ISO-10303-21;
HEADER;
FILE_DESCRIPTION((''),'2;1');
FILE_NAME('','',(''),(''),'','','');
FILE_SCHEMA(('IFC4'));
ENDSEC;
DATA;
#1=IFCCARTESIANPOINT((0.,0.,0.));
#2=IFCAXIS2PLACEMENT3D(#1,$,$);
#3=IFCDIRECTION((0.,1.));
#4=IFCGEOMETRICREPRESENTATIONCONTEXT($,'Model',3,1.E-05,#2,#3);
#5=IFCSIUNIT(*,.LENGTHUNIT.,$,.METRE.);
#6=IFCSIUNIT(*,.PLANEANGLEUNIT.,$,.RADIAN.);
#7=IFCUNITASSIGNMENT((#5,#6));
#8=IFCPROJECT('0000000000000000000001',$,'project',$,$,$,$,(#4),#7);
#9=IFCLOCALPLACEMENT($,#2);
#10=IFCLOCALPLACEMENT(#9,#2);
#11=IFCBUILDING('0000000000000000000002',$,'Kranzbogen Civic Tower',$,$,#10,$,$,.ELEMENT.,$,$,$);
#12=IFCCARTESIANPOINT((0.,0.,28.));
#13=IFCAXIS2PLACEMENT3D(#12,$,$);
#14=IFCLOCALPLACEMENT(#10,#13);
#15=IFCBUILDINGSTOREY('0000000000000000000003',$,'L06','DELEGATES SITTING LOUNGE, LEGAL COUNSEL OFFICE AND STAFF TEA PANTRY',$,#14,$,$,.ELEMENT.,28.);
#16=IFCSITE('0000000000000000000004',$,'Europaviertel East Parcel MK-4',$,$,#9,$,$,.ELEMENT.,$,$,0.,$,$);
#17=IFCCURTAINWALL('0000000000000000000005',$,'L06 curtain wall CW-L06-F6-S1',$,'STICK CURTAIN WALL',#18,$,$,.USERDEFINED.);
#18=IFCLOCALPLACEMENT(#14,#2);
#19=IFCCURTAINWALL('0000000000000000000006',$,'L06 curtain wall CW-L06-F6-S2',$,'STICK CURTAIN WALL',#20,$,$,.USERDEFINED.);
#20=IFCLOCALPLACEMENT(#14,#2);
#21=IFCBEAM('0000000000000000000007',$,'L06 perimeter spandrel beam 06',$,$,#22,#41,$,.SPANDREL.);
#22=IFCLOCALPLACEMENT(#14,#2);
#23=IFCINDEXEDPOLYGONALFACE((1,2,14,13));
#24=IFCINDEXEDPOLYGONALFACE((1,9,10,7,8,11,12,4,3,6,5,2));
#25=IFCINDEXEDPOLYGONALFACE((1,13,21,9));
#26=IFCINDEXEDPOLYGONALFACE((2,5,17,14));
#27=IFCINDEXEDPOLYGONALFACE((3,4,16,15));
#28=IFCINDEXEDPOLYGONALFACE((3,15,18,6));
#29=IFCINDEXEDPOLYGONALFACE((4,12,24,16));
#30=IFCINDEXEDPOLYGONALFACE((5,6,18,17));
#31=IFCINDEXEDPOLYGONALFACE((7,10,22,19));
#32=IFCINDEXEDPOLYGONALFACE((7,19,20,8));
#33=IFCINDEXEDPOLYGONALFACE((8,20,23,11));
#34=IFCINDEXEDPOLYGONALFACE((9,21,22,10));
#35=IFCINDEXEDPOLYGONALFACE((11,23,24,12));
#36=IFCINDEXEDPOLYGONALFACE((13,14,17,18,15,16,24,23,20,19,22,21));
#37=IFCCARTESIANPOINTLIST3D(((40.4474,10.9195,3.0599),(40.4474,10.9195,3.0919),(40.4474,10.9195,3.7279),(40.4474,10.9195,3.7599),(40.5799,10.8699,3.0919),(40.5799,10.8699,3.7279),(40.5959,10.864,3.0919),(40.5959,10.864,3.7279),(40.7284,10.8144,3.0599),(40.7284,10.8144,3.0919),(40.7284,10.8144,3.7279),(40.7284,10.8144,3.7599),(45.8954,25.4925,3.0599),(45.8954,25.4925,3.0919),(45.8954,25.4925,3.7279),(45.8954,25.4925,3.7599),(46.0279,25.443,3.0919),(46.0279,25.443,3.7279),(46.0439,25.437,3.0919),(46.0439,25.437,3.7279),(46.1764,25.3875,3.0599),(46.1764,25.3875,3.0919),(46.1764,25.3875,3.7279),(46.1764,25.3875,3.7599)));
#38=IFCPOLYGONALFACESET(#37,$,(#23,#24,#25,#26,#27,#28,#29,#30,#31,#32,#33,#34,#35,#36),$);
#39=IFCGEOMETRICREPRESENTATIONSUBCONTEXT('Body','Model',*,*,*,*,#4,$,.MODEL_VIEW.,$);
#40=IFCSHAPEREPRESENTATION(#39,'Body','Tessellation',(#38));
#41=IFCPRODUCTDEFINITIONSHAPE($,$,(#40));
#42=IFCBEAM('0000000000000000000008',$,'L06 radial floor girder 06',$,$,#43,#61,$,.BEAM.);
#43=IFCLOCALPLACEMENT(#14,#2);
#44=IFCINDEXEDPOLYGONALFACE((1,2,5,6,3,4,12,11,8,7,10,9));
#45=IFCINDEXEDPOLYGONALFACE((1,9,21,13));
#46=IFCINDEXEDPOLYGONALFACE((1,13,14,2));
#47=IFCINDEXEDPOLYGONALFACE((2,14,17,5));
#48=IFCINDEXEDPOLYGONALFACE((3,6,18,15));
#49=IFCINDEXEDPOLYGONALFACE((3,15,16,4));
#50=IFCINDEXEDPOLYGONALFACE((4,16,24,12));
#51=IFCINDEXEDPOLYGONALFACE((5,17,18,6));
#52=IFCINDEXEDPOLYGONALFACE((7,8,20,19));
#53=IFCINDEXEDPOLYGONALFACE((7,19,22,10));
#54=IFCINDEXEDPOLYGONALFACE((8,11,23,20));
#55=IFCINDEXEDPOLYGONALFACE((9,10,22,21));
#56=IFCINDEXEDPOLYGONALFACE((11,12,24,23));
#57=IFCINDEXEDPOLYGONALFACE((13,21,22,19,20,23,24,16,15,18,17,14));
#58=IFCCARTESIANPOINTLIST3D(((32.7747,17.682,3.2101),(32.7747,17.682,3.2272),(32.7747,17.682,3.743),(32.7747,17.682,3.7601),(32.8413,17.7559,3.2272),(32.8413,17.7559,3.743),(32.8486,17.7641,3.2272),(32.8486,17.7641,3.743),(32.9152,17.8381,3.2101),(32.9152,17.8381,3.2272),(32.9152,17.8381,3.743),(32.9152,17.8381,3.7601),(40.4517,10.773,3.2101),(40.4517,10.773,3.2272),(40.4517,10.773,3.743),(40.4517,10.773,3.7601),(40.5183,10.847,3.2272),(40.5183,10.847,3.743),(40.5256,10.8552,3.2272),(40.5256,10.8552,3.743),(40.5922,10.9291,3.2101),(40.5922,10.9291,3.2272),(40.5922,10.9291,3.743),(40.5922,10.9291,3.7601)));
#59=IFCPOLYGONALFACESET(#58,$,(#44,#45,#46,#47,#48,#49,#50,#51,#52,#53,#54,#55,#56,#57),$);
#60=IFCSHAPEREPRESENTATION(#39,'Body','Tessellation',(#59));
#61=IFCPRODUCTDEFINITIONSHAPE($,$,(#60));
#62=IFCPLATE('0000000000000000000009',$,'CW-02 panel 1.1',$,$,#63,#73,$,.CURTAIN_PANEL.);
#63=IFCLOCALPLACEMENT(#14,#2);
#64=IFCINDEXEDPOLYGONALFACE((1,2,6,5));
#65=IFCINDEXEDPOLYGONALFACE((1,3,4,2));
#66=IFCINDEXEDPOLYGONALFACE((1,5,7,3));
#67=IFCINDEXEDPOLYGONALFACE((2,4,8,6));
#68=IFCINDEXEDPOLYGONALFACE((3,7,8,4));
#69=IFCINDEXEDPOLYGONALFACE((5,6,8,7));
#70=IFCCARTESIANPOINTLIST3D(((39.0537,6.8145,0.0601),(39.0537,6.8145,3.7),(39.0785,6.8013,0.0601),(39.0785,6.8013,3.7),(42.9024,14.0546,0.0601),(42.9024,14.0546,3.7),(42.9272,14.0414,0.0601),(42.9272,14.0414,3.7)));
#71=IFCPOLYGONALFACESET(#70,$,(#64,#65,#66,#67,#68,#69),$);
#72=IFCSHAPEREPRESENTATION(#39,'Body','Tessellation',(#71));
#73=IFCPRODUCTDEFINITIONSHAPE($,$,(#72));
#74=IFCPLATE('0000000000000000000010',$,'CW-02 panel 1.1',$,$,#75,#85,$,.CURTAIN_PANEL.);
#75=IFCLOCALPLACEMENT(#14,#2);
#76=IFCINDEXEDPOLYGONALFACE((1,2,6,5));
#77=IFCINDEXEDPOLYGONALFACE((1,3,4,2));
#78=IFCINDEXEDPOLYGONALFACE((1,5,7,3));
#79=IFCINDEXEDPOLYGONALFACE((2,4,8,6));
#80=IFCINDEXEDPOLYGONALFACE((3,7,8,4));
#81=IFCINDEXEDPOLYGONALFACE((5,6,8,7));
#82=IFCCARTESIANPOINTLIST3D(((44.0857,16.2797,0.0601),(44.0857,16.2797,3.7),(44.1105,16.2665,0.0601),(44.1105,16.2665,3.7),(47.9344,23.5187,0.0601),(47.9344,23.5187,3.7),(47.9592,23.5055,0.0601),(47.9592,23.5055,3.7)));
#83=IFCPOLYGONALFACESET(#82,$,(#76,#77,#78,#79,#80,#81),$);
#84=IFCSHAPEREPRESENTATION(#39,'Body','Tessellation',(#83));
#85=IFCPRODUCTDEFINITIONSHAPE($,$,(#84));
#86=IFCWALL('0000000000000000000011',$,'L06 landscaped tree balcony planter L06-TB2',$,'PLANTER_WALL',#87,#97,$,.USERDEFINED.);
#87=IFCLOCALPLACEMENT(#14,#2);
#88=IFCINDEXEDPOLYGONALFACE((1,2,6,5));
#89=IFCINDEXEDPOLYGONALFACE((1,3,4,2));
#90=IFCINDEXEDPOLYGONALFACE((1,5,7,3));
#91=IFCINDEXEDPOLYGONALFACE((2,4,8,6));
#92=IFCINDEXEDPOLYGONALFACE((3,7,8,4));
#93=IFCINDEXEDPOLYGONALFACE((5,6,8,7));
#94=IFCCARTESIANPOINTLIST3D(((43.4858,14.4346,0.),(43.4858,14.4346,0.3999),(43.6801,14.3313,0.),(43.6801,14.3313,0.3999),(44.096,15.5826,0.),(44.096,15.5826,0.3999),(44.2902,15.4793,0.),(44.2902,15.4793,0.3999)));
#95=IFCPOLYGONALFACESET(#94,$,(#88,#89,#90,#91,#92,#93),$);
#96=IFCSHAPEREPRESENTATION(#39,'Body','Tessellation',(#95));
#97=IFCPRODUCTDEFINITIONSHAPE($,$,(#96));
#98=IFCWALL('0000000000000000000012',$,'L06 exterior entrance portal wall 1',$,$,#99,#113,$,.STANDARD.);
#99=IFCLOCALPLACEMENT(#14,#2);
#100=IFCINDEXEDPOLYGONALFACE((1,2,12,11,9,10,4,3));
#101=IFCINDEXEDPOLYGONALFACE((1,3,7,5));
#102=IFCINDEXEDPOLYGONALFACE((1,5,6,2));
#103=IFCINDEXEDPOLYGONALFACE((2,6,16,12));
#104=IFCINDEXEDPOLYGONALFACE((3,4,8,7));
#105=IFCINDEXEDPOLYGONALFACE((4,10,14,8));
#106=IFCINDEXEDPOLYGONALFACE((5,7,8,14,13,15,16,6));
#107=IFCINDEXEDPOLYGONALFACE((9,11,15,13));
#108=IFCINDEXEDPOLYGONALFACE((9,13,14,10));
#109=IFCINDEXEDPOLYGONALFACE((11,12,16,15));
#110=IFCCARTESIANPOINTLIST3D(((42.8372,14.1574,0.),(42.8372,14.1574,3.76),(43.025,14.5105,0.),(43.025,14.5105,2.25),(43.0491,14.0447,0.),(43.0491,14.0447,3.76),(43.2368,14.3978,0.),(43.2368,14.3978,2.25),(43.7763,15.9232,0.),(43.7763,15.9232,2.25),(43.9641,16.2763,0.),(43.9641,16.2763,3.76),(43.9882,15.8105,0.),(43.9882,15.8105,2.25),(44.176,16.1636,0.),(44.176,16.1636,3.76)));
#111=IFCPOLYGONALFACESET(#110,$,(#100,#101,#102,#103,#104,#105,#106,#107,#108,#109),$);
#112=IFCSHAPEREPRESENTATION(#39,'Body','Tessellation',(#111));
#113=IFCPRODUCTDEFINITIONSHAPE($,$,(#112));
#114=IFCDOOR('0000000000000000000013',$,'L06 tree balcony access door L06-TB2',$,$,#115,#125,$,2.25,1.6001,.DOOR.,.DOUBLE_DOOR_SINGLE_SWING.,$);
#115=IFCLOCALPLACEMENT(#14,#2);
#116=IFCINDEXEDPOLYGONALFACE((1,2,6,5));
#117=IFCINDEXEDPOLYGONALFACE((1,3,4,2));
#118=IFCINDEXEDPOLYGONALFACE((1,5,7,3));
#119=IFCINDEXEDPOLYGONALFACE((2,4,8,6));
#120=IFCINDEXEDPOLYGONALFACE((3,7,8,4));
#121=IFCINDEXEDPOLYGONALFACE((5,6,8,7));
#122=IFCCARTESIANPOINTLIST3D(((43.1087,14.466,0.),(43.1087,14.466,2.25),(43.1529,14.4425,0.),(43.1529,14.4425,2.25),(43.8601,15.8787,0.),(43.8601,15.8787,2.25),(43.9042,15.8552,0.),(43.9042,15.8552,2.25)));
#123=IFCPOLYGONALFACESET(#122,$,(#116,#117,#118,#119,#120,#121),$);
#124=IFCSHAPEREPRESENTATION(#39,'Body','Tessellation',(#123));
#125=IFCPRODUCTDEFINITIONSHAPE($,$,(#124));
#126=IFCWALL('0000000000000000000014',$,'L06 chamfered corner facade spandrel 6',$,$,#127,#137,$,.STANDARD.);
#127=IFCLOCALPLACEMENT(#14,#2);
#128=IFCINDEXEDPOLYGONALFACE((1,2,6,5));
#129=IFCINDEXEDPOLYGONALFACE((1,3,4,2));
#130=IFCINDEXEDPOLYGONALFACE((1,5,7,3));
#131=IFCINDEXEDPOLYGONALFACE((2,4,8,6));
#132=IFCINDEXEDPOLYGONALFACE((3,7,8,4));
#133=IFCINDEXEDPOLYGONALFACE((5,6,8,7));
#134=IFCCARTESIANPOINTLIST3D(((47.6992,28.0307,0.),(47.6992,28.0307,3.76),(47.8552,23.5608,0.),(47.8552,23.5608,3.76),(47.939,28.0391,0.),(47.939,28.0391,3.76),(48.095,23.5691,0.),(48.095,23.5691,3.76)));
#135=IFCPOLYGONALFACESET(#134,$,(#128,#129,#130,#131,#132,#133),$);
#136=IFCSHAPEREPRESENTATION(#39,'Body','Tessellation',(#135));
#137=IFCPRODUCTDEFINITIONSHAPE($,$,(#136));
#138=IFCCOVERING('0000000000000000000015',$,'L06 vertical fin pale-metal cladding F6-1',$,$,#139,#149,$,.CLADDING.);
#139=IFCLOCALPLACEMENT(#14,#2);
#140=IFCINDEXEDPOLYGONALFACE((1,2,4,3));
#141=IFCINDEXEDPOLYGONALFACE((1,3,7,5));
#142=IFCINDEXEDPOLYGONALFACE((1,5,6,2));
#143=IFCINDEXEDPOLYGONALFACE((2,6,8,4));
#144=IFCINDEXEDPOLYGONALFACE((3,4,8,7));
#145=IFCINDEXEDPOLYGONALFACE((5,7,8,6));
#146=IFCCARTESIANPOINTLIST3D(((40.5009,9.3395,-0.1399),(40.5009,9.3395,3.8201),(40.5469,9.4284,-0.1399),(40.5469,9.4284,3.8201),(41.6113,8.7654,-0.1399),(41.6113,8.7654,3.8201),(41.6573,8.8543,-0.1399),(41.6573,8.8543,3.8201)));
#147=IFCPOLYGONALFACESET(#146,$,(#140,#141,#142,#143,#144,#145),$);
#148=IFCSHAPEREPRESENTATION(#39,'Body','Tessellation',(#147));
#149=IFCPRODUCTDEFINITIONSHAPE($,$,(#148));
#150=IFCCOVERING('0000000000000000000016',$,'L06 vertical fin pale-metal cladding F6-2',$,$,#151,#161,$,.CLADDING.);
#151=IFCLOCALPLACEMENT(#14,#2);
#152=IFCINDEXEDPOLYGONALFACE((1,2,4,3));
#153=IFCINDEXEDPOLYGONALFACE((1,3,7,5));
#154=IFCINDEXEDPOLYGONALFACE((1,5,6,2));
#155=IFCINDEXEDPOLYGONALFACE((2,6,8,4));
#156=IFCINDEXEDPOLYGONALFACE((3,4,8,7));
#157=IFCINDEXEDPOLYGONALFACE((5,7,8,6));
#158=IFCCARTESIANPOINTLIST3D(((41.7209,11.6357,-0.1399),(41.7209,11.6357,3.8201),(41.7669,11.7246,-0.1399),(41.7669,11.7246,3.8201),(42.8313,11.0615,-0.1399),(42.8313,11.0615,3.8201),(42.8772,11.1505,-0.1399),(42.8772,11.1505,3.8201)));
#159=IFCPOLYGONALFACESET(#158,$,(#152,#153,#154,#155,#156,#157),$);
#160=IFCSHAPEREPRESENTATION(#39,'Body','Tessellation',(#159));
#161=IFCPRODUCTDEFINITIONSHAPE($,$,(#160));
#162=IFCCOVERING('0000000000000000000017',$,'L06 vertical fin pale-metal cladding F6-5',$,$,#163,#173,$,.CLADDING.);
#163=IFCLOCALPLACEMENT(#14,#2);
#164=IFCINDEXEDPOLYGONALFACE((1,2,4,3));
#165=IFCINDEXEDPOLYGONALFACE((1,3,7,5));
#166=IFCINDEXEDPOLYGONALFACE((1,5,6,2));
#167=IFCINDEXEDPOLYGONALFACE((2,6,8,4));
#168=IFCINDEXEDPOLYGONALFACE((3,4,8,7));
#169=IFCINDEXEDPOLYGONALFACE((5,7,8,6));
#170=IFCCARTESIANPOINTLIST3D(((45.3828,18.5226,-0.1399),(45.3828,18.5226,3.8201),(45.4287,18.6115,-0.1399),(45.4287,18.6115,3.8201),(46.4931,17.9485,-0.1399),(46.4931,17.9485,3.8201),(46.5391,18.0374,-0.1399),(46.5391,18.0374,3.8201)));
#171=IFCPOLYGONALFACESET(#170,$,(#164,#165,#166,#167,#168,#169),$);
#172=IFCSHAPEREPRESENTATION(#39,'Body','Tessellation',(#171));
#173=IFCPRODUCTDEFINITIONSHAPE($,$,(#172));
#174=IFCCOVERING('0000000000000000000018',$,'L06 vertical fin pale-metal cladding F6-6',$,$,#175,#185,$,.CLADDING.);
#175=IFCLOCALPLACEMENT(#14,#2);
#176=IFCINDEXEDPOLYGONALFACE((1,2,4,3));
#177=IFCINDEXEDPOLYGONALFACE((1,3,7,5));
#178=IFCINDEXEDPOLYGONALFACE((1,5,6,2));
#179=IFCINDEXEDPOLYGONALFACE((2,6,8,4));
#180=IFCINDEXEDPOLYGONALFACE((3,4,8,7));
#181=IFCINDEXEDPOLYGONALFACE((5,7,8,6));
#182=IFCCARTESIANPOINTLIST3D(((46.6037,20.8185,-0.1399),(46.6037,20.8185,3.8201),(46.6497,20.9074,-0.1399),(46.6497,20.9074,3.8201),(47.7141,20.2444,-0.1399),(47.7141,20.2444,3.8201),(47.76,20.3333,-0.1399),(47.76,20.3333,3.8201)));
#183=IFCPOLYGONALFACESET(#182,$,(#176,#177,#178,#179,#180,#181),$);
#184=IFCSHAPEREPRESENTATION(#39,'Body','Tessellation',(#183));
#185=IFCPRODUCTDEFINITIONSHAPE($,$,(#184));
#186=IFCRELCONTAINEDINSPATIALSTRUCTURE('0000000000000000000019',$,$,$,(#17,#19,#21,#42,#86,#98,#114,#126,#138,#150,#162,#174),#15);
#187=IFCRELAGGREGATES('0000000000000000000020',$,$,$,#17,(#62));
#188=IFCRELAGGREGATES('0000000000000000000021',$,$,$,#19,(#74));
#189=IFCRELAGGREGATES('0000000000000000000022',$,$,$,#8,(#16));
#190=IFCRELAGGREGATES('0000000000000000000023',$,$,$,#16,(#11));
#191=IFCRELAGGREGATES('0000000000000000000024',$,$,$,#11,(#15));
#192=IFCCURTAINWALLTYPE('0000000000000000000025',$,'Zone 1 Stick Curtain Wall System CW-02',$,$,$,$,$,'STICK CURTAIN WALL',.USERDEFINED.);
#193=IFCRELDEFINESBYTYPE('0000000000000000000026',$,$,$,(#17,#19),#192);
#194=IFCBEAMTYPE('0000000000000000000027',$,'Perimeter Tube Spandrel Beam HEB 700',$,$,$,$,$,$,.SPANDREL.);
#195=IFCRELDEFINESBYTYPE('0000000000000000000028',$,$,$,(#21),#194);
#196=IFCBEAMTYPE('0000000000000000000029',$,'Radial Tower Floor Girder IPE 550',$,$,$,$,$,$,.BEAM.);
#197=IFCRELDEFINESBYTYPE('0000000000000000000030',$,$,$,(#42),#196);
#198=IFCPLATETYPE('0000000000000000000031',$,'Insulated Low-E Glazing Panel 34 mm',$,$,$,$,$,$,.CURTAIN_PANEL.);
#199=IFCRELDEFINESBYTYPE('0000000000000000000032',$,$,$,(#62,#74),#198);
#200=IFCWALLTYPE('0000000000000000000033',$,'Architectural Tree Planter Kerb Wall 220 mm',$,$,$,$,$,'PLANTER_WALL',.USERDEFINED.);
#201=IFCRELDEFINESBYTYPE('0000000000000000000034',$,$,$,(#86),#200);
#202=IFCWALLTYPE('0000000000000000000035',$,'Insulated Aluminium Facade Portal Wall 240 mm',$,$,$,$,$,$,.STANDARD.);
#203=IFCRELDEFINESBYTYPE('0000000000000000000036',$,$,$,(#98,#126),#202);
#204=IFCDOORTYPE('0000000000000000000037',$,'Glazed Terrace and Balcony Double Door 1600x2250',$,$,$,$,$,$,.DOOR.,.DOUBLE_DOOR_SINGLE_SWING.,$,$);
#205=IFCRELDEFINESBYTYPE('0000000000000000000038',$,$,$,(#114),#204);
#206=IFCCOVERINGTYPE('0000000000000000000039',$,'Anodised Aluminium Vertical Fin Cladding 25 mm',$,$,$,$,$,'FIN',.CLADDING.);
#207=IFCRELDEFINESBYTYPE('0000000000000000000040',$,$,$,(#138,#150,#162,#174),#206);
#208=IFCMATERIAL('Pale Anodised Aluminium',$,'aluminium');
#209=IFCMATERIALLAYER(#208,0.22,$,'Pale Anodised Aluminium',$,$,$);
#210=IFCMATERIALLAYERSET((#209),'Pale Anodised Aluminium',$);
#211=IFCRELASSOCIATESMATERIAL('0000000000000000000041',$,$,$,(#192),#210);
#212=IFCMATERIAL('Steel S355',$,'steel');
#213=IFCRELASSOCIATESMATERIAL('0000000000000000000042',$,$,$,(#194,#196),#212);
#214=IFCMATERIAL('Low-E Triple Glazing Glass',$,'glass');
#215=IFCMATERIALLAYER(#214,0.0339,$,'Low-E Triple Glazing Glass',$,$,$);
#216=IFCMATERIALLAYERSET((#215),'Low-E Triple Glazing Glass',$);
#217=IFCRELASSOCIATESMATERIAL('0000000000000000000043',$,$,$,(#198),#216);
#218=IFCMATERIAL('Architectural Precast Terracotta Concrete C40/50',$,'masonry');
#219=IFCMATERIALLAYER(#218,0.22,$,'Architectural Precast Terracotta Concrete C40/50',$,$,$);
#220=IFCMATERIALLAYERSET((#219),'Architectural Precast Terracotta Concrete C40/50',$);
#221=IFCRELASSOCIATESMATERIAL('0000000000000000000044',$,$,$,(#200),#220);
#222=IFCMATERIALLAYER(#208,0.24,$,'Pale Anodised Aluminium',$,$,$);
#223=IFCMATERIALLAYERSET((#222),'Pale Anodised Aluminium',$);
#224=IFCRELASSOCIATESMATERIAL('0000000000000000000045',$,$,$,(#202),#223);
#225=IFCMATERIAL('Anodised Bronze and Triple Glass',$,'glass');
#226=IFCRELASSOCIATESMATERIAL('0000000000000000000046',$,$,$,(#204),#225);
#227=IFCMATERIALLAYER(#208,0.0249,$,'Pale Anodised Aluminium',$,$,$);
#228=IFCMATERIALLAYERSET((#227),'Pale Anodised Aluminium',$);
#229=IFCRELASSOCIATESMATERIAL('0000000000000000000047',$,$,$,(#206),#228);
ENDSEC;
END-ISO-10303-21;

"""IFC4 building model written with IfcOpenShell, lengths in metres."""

from ifc_helpers import new_model, si_unit, direction, frame, frame_2d, origin, origin_2d, place, context, subcontext, project, spatial, rectangle, i_section, extrude, material, layer, layer_set, material_profile, profile_set, type_object, element, fill, aggregate, save


model = new_model("IFC4")

# Units and contexts
model_context = context("Model", 3, precision=1e-05, world=origin(), true_north=direction((0.0, 1.0)))
body_context = subcontext(model_context, "Body", "Model", "MODEL_VIEW")
ifc_project = project(units=[si_unit("LENGTHUNIT", "METRE"), si_unit("PLANEANGLEUNIT", "RADIAN")], contexts=[model_context])

# Site, building, storey
site_placement = place(None, origin())
site = spatial("IfcSite", under=ifc_project, at=site_placement, Name="Europaviertel East Parcel MK-4", CompositionType="ELEMENT", RefElevation=0.0)
building_placement = place(site_placement, origin())
building = spatial("IfcBuilding", under=site, at=building_placement, Name="Kranzbogen Civic Tower", CompositionType="ELEMENT")
storey_placement = place(building_placement, frame((0.0, 0.0, 28.0)))
storey = spatial("IfcBuildingStorey", under=building, at=storey_placement, Name="L06", Description="DELEGATES SITTING LOUNGE, LEGAL COUNSEL OFFICE AND STAFF TEA PANTRY", CompositionType="ELEMENT", Elevation=28.0)

# Curtain walls
ifc_material_1 = material(Name="Pale Anodised Aluminium", Category="aluminium")
ifc_layer_1 = layer(ifc_material_1, 0.22, Name="Pale Anodised Aluminium")
ifc_layer_set_1 = layer_set([ifc_layer_1], Name="Pale Anodised Aluminium")
curtain_wall_type = type_object("IfcCurtainWallType", Name="Zone 1 Stick Curtain Wall System CW-02", ElementType="STICK CURTAIN WALL", PredefinedType="USERDEFINED", material=ifc_layer_set_1)
curtain_wall_1_placement = place(storey_placement, origin())
curtain_wall_1 = element("IfcCurtainWall", 1, at=curtain_wall_1_placement, inside=storey, type_object=curtain_wall_type, Name="L06 curtain wall CW-L06-F6-S1", ObjectType="STICK CURTAIN WALL", PredefinedType="USERDEFINED")
curtain_wall_2_placement = place(storey_placement, origin())
curtain_wall_2 = element("IfcCurtainWall", 2, at=curtain_wall_2_placement, inside=storey, type_object=curtain_wall_type, Name="L06 curtain wall CW-L06-F6-S2", ObjectType="STICK CURTAIN WALL", PredefinedType="USERDEFINED")

# Beams
ifc_material_2 = material(Name="Steel S355", Category="steel")
ifc_material_profile_1 = material_profile(ifc_material_2, i_section(OverallWidth=0.3, OverallDepth=0.7, WebThickness=0.0171, FlangeThickness=0.032, at=origin_2d()), Name="HEB 700")
ifc_profile_set_1 = profile_set([ifc_material_profile_1], Name="Steel S355")
beam_type_1 = type_object("IfcBeamType", Name="Perimeter Tube Spandrel Beam HEB 700", PredefinedType="SPANDREL", material=ifc_profile_set_1)
beam_1_placement = place(storey_placement, frame((40.5879, 10.8669, 3.4099), z_axis=(0.350172, 0.936685, 0.0), x_axis=(-0.936685, 0.350172, 0.0)))
element("IfcBeam", 3, at=beam_1_placement, inside=storey, type_object=beam_type_1, Name="L06 perimeter spandrel beam 06", PredefinedType="SPANDREL", context=body_context, shape_type="SweptSolid", body=[
    extrude(i_section(OverallWidth=0.3, OverallDepth=0.7, WebThickness=0.0171, FlangeThickness=0.032, at=origin_2d()), origin(), (0.0, 0.0, 1.0), 15.5581),
])
ifc_material_profile_2 = material_profile(ifc_material_2, i_section(OverallWidth=0.21, OverallDepth=0.55, WebThickness=0.011, FlangeThickness=0.0171, at=origin_2d()), Name="IPE 550")
ifc_profile_set_2 = profile_set([ifc_material_profile_2], Name="Steel S355")
beam_type_2 = type_object("IfcBeamType", Name="Radial Tower Floor Girder IPE 550", PredefinedType="BEAM", material=ifc_profile_set_2)
beam_2_placement = place(storey_placement, frame((40.522, 10.8511, 3.4851), z_axis=(-0.743312, 0.668945, 0.0), x_axis=(-0.668945, -0.743312, 0.0)))
element("IfcBeam", 4, at=beam_2_placement, inside=storey, type_object=beam_type_2, Name="L06 radial floor girder 06", PredefinedType="BEAM", context=body_context, shape_type="SweptSolid", body=[
    extrude(i_section(OverallWidth=0.21, OverallDepth=0.55, WebThickness=0.011, FlangeThickness=0.0171, at=origin_2d()), origin(), (0.0, 0.0, 1.0), 10.3281),
])

# Plates
ifc_material_3 = material(Name="Low-E Triple Glazing Glass", Category="glass")
ifc_layer_2 = layer(ifc_material_3, 0.0339, Name="Low-E Triple Glazing Glass")
ifc_layer_set_2 = layer_set([ifc_layer_2], Name="Low-E Triple Glazing Glass")
plate_type = type_object("IfcPlateType", Name="Insulated Low-E Glazing Panel 34 mm", PredefinedType="CURTAIN_PANEL", material=ifc_layer_set_2)
plate_1_placement = place(storey_placement, frame((40.9905, 10.428, 0.0601), z_axis=(0.0, 0.0, 1.0), x_axis=(0.469384, 0.882994, 0.0)))
plate_1 = element("IfcPlate", 5, at=plate_1_placement, type_object=plate_type, Name="CW-02 panel 1.1", PredefinedType="CURTAIN_PANEL", context=body_context, shape_type="SweptSolid", body=[
    extrude(rectangle(XDim=8.1995, YDim=0.0281, at=origin_2d()), origin(), (0.0, 0.0, 1.0), 3.6399),
])
aggregate(curtain_wall_1, [plate_1])
plate_2_placement = place(storey_placement, frame((46.0225, 19.8926, 0.0601), z_axis=(0.0, 0.0, 1.0), x_axis=(0.469434, 0.882968, 0.0)))
plate_2 = element("IfcPlate", 6, at=plate_2_placement, type_object=plate_type, Name="CW-02 panel 1.1", PredefinedType="CURTAIN_PANEL", context=body_context, shape_type="SweptSolid", body=[
    extrude(rectangle(XDim=8.1985, YDim=0.0281, at=origin_2d()), origin(), (0.0, 0.0, 1.0), 3.6399),
])
aggregate(curtain_wall_2, [plate_2])

# Wall
ifc_material_4 = material(Name="Architectural Precast Terracotta Concrete C40/50", Category="masonry")
ifc_layer_3 = layer(ifc_material_4, 0.22, Name="Architectural Precast Terracotta Concrete C40/50")
ifc_layer_set_3 = layer_set([ifc_layer_3], Name="Architectural Precast Terracotta Concrete C40/50")
wall_type_1 = type_object("IfcWallType", Name="Architectural Tree Planter Kerb Wall 220 mm", ElementType="PLANTER_WALL", PredefinedType="USERDEFINED", material=ifc_layer_set_3)
wall_1_placement = place(storey_placement, frame((43.583, 14.3831, 0.0), z_axis=(0.0, 0.0, 1.0), x_axis=(0.469311, 0.883033, 0.0)))
element("IfcWall", 7, at=wall_1_placement, inside=storey, type_object=wall_type_1, Name="L06 landscaped tree balcony planter L06-TB2", ObjectType="PLANTER_WALL", PredefinedType="USERDEFINED", context=body_context, shape_type="SweptSolid", body=[
    extrude(rectangle(XDim=1.3, YDim=0.22, at=frame_2d((0.6499, 0.0))), origin(), (0.0, 0.0, 1.0), 0.3999),
])

# Wall, opening, door
ifc_layer_4 = layer(ifc_material_1, 0.24, Name="Pale Anodised Aluminium")
ifc_layer_set_4 = layer_set([ifc_layer_4], Name="Pale Anodised Aluminium")
wall_type_2 = type_object("IfcWallType", Name="Insulated Aluminium Facade Portal Wall 240 mm", PredefinedType="STANDARD", material=ifc_layer_set_4)
wall_2_placement = place(storey_placement, frame((42.9431, 14.1011, 0.0), z_axis=(0.0, 0.0, 1.0), x_axis=(0.469574, 0.882893, 0.0)))
wall_2 = element("IfcWall", 8, at=wall_2_placement, inside=storey, type_object=wall_type_2, Name="L06 exterior entrance portal wall 1", PredefinedType="STANDARD", context=body_context, shape_type="SweptSolid", body=[
    extrude(rectangle(XDim=2.3999, YDim=0.24, at=frame_2d((1.2, 0.0))), origin(), (0.0, 0.0, 1.0), 3.76),
])
opening_placement = place(wall_2_placement, frame((0.3999, 0.0, 0.0)))
opening = element("IfcOpeningElement", 9, at=opening_placement, cuts=wall_2, PredefinedType="OPENING", context=body_context, shape_type="SweptSolid", body=[
    extrude(rectangle(XDim=1.6001, YDim=2.25, at=frame_2d((0.8, 1.125))), frame((0.0, 0.1299, 0.0), z_axis=(0.0, -1.0, 0.0), x_axis=(1.0, 0.0, 0.0)), (0.0, 0.0, 1.0), 0.26),
])
ifc_material_5 = material(Name="Anodised Bronze and Triple Glass", Category="glass")
door_type = type_object("IfcDoorType", Name="Glazed Terrace and Balcony Double Door 1600x2250", OperationType="DOUBLE_DOOR_SINGLE_SWING", PredefinedType="DOOR", material=ifc_material_5)
door_placement = place(opening_placement, frame((1.6001, 0.0, 0.0), z_axis=(0.0, 0.0, 1.0), x_axis=(-1.0, 0.0, 0.0)))
door = element("IfcDoor", 10, at=door_placement, inside=storey, type_object=door_type, Name="L06 tree balcony access door L06-TB2", OperationType="DOUBLE_DOOR_SINGLE_SWING", OverallHeight=2.25, OverallWidth=1.6001, PredefinedType="DOOR", context=body_context, shape_type="SweptSolid", body=[
    extrude(rectangle(XDim=1.6001, YDim=2.25, at=frame_2d((0.8, 1.125))), frame((0.0, 0.0249, 0.0), z_axis=(0.0, -1.0, 0.0), x_axis=(1.0, 0.0, 0.0)), (0.0, 0.0, 1.0), 0.05),
])
fill(opening, door)

# Wall
wall_3_placement = place(storey_placement, frame((47.9751, 23.5649, 0.0), z_axis=(0.0, 0.0, 1.0), x_axis=(-0.03488, 0.999392, 0.0)))
element("IfcWall", 11, at=wall_3_placement, inside=storey, type_object=wall_type_2, Name="L06 chamfered corner facade spandrel 6", PredefinedType="STANDARD", context=body_context, shape_type="SweptSolid", body=[
    extrude(rectangle(XDim=4.4727, YDim=0.24, at=frame_2d((2.2363, 0.0))), origin(), (0.0, 0.0, 1.0), 3.76),
])

# Coverings
ifc_layer_5 = layer(ifc_material_1, 0.0249, Name="Pale Anodised Aluminium")
ifc_layer_set_5 = layer_set([ifc_layer_5], Name="Pale Anodised Aluminium")
covering_type = type_object("IfcCoveringType", Name="Anodised Aluminium Vertical Fin Cladding 25 mm", ElementType="FIN", PredefinedType="CLADDING", material=ifc_layer_set_5)
for number, where, z_axis, x_axis, name in (
    (12, (41.0791, 9.0969, -0.1399), (0.0, 0.0, 1.0), (0.888281, -0.459301, 0.0), "L06 vertical fin pale-metal cladding F6-1"),
    (13, (42.2991, 11.3931, -0.1399), (0.0, 0.0, 1.0), (0.888281, -0.459301, 0.0), "L06 vertical fin pale-metal cladding F6-2"),
    (14, (45.9609, 18.28, -0.1399), (0.0, 0.0, 1.0), (0.888281, -0.459301, 0.0), "L06 vertical fin pale-metal cladding F6-5"),
    (15, (47.1819, 20.5759, -0.1399), (0.0, 0.0, 1.0), (0.888281, -0.459301, 0.0), "L06 vertical fin pale-metal cladding F6-6"),
):
    element("IfcCovering", number, at=place(storey_placement, frame(where, z_axis=z_axis, x_axis=x_axis)), inside=storey, type_object=covering_type, Name=name, PredefinedType="CLADDING", context=body_context, shape_type="SweptSolid", body=[
        extrude(rectangle(XDim=1.25, YDim=0.1001, at=origin_2d()), origin(), (0.0, 0.0, 1.0), 3.96),
    ])

save(model, "model.ifc")
